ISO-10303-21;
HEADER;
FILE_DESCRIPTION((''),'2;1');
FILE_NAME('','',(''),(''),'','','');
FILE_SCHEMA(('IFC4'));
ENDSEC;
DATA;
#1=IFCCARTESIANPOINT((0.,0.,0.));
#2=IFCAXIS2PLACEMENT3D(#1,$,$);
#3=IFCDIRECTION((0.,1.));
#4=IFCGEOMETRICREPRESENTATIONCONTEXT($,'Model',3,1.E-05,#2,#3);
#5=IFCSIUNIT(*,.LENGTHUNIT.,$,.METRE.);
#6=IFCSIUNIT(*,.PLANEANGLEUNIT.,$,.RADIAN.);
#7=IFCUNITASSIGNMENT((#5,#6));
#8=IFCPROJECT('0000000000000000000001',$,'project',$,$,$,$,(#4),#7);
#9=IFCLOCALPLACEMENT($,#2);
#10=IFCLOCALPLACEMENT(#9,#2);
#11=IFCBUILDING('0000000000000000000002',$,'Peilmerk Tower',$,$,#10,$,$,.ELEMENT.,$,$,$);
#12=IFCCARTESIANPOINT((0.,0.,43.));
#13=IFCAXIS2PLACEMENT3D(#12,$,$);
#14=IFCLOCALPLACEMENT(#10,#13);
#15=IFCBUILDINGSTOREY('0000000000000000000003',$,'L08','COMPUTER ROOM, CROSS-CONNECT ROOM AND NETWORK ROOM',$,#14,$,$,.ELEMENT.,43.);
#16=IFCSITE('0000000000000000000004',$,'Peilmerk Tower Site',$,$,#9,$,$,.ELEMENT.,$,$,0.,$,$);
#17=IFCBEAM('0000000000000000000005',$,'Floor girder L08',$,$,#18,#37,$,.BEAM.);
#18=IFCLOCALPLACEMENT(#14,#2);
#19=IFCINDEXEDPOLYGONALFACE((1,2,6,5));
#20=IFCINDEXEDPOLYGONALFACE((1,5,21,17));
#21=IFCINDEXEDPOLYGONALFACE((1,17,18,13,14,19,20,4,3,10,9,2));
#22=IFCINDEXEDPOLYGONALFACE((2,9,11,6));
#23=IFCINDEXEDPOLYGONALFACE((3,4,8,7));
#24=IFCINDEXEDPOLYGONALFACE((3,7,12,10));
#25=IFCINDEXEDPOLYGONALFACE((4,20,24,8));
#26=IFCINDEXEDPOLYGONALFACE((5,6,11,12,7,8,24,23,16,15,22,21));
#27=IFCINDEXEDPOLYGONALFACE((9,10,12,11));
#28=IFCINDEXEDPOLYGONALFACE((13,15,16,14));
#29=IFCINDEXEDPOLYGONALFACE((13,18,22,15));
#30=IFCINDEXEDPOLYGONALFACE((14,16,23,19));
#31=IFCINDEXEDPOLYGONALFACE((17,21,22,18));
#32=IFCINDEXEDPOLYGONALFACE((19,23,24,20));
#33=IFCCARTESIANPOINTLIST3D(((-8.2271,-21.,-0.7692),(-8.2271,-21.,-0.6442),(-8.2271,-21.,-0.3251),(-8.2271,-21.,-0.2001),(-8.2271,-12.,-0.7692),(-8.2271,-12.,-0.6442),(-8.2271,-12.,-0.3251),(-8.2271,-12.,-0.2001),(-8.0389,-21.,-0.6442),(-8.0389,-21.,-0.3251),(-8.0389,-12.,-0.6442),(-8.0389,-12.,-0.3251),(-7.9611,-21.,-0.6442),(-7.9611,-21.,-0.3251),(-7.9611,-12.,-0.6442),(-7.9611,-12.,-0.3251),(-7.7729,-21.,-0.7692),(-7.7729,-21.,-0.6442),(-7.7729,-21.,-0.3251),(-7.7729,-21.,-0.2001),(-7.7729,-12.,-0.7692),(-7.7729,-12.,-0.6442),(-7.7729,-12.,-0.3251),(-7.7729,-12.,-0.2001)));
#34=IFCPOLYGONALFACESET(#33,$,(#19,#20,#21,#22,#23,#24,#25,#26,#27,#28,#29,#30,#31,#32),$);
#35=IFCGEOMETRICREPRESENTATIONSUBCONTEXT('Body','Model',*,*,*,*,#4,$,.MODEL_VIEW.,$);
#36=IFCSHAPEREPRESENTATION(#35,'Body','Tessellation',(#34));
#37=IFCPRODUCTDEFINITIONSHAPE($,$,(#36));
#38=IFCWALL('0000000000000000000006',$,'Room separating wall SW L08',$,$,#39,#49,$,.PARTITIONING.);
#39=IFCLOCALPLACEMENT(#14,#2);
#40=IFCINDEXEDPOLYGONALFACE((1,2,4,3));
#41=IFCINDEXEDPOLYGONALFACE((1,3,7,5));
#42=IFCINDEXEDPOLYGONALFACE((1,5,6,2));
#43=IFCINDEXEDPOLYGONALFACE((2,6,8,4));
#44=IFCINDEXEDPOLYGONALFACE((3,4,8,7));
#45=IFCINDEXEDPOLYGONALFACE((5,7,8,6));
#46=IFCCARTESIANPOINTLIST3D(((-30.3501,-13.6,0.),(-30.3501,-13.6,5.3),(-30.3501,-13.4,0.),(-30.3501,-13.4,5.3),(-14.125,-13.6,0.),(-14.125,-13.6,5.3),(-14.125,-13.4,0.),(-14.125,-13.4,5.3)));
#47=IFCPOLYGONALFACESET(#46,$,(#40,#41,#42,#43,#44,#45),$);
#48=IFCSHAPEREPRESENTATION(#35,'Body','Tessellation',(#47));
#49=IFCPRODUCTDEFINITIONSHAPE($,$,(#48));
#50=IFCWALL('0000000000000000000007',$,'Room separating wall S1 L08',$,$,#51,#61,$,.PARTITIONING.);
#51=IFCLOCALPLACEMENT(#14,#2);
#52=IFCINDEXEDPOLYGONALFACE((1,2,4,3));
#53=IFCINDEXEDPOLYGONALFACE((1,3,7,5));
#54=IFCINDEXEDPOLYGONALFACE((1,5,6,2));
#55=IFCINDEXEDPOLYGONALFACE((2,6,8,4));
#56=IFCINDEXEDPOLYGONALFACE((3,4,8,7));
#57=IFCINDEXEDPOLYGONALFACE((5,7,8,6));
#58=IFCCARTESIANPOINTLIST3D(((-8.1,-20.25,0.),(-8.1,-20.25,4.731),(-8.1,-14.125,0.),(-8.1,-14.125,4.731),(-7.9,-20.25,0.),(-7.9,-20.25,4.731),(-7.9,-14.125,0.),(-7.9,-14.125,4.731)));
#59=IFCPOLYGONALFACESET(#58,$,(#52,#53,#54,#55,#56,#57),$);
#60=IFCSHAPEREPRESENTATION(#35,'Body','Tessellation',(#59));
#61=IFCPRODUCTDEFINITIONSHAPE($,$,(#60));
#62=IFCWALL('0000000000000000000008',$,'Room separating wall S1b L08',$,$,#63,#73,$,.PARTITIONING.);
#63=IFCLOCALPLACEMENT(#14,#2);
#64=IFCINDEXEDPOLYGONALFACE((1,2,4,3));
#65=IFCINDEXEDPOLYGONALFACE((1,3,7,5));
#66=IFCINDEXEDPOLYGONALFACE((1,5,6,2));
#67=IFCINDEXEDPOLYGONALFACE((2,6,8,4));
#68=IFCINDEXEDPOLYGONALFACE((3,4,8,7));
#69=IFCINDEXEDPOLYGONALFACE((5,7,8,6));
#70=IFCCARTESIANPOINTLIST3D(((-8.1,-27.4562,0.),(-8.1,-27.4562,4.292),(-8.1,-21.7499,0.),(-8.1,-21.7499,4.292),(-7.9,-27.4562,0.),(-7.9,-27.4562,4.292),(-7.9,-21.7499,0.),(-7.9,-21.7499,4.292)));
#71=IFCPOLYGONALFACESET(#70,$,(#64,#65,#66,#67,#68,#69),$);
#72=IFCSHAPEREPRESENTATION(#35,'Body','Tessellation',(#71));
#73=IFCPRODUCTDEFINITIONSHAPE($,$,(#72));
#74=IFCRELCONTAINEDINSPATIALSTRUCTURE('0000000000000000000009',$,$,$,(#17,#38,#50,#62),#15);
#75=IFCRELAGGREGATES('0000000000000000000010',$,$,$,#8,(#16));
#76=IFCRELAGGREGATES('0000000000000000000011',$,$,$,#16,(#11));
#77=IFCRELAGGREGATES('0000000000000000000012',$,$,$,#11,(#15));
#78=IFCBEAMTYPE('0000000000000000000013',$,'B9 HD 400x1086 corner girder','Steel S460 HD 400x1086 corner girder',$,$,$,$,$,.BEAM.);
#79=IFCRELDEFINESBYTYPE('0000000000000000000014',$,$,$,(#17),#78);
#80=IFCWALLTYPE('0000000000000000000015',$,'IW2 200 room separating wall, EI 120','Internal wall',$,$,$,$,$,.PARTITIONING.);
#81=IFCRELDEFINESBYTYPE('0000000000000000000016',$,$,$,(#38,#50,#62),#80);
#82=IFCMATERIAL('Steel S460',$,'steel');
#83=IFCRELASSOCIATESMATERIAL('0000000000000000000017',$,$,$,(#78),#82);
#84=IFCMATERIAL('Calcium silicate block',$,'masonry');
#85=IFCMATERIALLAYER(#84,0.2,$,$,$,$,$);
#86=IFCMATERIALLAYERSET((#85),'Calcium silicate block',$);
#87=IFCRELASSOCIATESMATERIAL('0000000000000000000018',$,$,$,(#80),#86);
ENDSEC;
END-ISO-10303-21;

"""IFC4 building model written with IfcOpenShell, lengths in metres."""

from ifc_helpers import new_model, si_unit, direction, frame, frame_2d, origin, origin_2d, place, context, subcontext, project, spatial, rectangle, i_section, extrude, material, layer, layer_set, material_profile, profile_set, type_object, element, save


model = new_model("IFC4")

# Units and contexts
model_context = context("Model", 3, precision=1e-05, world=origin(), true_north=direction((0.0, 1.0)))
body_context = subcontext(model_context, "Body", "Model", "MODEL_VIEW")
ifc_project = project(units=[si_unit("LENGTHUNIT", "METRE"), si_unit("PLANEANGLEUNIT", "RADIAN")], contexts=[model_context])

# Site, building, storey
site_placement = place(None, origin())
site = spatial("IfcSite", under=ifc_project, at=site_placement, Name="Peilmerk Tower Site", CompositionType="ELEMENT", RefElevation=0.0)
building_placement = place(site_placement, origin())
building = spatial("IfcBuilding", under=site, at=building_placement, Name="Peilmerk Tower", CompositionType="ELEMENT")
storey_placement = place(building_placement, frame((0.0, 0.0, 43.0)))
storey = spatial("IfcBuildingStorey", under=building, at=storey_placement, Name="L08", Description="COMPUTER ROOM, CROSS-CONNECT ROOM AND NETWORK ROOM", CompositionType="ELEMENT", Elevation=43.0)

# Beam
ifc_material_1 = material(Name="Steel S460", Category="steel")
ifc_material_profile_1 = material_profile(ifc_material_1, i_section(OverallWidth=0.4541, OverallDepth=0.5691, WebThickness=0.0779, FlangeThickness=0.125, at=origin_2d()), Name="HD 400x1086")
ifc_profile_set_1 = profile_set([ifc_material_profile_1], Name="Steel S460")
beam_type_1 = type_object("IfcBeamType", Name="B9 HD 400x1086 corner girder", Description="Steel S460 HD 400x1086 corner girder", PredefinedType="BEAM", material=ifc_profile_set_1)
beam_1_placement = place(storey_placement, frame((-8.0, -12.0, -0.4846), z_axis=(0.0, -1.0, 0.0), x_axis=(1.0, 0.0, 0.0)))
element("IfcBeam", 1, at=beam_1_placement, inside=storey, type_object=beam_type_1, Name="Floor girder L08", PredefinedType="BEAM", context=body_context, shape_type="SweptSolid", body=[
    extrude(i_section(OverallWidth=0.4541, OverallDepth=0.5691, WebThickness=0.0779, FlangeThickness=0.125, at=origin_2d()), origin(), (0.0, 0.0, 1.0), 9.0),
])

# Walls
ifc_material_2 = material(Name="Calcium silicate block", Category="masonry")
ifc_layer = layer(ifc_material_2, 0.2)
ifc_layer_set = layer_set([ifc_layer], Name="Calcium silicate block")
wall_type = type_object("IfcWallType", Name="IW2 200 room separating wall, EI 120", Description="Internal wall", PredefinedType="PARTITIONING", material=ifc_layer_set)
wall_1_placement = place(storey_placement, frame((-14.125, -13.5, 0.0), z_axis=(0.0, 0.0, 1.0), x_axis=(-1.0, 0.0, 0.0)))
element("IfcWall", 2, at=wall_1_placement, inside=storey, type_object=wall_type, Name="Room separating wall SW L08", PredefinedType="PARTITIONING", context=body_context, shape_type="SweptSolid", body=[
    extrude(rectangle(XDim=16.2251, YDim=0.2, at=frame_2d((8.1125, 0.0))), origin(), (0.0, 0.0, 1.0), 5.3),
])
wall_2_placement = place(storey_placement, frame((-8.0, -14.125, 0.0), z_axis=(0.0, 0.0, 1.0), x_axis=(0.0, -1.0, 0.0)))
element("IfcWall", 3, at=wall_2_placement, inside=storey, type_object=wall_type, Name="Room separating wall S1 L08", PredefinedType="PARTITIONING", context=body_context, shape_type="SweptSolid", body=[
    extrude(rectangle(XDim=6.125, YDim=0.2, at=frame_2d((3.0625, 0.0))), origin(), (0.0, 0.0, 1.0), 4.731),
])
wall_3_placement = place(storey_placement, frame((-8.0, -21.75, 0.0), z_axis=(0.0, 0.0, 1.0), x_axis=(0.0, -1.0, 0.0)))
element("IfcWall", 4, at=wall_3_placement, inside=storey, type_object=wall_type, Name="Room separating wall S1b L08", PredefinedType="PARTITIONING", context=body_context, shape_type="SweptSolid", body=[
    extrude(rectangle(XDim=5.7063, YDim=0.2, at=frame_2d((2.853, 0.0))), origin(), (0.0, 0.0, 1.0), 4.292),
])

save(model, "model.ifc")
